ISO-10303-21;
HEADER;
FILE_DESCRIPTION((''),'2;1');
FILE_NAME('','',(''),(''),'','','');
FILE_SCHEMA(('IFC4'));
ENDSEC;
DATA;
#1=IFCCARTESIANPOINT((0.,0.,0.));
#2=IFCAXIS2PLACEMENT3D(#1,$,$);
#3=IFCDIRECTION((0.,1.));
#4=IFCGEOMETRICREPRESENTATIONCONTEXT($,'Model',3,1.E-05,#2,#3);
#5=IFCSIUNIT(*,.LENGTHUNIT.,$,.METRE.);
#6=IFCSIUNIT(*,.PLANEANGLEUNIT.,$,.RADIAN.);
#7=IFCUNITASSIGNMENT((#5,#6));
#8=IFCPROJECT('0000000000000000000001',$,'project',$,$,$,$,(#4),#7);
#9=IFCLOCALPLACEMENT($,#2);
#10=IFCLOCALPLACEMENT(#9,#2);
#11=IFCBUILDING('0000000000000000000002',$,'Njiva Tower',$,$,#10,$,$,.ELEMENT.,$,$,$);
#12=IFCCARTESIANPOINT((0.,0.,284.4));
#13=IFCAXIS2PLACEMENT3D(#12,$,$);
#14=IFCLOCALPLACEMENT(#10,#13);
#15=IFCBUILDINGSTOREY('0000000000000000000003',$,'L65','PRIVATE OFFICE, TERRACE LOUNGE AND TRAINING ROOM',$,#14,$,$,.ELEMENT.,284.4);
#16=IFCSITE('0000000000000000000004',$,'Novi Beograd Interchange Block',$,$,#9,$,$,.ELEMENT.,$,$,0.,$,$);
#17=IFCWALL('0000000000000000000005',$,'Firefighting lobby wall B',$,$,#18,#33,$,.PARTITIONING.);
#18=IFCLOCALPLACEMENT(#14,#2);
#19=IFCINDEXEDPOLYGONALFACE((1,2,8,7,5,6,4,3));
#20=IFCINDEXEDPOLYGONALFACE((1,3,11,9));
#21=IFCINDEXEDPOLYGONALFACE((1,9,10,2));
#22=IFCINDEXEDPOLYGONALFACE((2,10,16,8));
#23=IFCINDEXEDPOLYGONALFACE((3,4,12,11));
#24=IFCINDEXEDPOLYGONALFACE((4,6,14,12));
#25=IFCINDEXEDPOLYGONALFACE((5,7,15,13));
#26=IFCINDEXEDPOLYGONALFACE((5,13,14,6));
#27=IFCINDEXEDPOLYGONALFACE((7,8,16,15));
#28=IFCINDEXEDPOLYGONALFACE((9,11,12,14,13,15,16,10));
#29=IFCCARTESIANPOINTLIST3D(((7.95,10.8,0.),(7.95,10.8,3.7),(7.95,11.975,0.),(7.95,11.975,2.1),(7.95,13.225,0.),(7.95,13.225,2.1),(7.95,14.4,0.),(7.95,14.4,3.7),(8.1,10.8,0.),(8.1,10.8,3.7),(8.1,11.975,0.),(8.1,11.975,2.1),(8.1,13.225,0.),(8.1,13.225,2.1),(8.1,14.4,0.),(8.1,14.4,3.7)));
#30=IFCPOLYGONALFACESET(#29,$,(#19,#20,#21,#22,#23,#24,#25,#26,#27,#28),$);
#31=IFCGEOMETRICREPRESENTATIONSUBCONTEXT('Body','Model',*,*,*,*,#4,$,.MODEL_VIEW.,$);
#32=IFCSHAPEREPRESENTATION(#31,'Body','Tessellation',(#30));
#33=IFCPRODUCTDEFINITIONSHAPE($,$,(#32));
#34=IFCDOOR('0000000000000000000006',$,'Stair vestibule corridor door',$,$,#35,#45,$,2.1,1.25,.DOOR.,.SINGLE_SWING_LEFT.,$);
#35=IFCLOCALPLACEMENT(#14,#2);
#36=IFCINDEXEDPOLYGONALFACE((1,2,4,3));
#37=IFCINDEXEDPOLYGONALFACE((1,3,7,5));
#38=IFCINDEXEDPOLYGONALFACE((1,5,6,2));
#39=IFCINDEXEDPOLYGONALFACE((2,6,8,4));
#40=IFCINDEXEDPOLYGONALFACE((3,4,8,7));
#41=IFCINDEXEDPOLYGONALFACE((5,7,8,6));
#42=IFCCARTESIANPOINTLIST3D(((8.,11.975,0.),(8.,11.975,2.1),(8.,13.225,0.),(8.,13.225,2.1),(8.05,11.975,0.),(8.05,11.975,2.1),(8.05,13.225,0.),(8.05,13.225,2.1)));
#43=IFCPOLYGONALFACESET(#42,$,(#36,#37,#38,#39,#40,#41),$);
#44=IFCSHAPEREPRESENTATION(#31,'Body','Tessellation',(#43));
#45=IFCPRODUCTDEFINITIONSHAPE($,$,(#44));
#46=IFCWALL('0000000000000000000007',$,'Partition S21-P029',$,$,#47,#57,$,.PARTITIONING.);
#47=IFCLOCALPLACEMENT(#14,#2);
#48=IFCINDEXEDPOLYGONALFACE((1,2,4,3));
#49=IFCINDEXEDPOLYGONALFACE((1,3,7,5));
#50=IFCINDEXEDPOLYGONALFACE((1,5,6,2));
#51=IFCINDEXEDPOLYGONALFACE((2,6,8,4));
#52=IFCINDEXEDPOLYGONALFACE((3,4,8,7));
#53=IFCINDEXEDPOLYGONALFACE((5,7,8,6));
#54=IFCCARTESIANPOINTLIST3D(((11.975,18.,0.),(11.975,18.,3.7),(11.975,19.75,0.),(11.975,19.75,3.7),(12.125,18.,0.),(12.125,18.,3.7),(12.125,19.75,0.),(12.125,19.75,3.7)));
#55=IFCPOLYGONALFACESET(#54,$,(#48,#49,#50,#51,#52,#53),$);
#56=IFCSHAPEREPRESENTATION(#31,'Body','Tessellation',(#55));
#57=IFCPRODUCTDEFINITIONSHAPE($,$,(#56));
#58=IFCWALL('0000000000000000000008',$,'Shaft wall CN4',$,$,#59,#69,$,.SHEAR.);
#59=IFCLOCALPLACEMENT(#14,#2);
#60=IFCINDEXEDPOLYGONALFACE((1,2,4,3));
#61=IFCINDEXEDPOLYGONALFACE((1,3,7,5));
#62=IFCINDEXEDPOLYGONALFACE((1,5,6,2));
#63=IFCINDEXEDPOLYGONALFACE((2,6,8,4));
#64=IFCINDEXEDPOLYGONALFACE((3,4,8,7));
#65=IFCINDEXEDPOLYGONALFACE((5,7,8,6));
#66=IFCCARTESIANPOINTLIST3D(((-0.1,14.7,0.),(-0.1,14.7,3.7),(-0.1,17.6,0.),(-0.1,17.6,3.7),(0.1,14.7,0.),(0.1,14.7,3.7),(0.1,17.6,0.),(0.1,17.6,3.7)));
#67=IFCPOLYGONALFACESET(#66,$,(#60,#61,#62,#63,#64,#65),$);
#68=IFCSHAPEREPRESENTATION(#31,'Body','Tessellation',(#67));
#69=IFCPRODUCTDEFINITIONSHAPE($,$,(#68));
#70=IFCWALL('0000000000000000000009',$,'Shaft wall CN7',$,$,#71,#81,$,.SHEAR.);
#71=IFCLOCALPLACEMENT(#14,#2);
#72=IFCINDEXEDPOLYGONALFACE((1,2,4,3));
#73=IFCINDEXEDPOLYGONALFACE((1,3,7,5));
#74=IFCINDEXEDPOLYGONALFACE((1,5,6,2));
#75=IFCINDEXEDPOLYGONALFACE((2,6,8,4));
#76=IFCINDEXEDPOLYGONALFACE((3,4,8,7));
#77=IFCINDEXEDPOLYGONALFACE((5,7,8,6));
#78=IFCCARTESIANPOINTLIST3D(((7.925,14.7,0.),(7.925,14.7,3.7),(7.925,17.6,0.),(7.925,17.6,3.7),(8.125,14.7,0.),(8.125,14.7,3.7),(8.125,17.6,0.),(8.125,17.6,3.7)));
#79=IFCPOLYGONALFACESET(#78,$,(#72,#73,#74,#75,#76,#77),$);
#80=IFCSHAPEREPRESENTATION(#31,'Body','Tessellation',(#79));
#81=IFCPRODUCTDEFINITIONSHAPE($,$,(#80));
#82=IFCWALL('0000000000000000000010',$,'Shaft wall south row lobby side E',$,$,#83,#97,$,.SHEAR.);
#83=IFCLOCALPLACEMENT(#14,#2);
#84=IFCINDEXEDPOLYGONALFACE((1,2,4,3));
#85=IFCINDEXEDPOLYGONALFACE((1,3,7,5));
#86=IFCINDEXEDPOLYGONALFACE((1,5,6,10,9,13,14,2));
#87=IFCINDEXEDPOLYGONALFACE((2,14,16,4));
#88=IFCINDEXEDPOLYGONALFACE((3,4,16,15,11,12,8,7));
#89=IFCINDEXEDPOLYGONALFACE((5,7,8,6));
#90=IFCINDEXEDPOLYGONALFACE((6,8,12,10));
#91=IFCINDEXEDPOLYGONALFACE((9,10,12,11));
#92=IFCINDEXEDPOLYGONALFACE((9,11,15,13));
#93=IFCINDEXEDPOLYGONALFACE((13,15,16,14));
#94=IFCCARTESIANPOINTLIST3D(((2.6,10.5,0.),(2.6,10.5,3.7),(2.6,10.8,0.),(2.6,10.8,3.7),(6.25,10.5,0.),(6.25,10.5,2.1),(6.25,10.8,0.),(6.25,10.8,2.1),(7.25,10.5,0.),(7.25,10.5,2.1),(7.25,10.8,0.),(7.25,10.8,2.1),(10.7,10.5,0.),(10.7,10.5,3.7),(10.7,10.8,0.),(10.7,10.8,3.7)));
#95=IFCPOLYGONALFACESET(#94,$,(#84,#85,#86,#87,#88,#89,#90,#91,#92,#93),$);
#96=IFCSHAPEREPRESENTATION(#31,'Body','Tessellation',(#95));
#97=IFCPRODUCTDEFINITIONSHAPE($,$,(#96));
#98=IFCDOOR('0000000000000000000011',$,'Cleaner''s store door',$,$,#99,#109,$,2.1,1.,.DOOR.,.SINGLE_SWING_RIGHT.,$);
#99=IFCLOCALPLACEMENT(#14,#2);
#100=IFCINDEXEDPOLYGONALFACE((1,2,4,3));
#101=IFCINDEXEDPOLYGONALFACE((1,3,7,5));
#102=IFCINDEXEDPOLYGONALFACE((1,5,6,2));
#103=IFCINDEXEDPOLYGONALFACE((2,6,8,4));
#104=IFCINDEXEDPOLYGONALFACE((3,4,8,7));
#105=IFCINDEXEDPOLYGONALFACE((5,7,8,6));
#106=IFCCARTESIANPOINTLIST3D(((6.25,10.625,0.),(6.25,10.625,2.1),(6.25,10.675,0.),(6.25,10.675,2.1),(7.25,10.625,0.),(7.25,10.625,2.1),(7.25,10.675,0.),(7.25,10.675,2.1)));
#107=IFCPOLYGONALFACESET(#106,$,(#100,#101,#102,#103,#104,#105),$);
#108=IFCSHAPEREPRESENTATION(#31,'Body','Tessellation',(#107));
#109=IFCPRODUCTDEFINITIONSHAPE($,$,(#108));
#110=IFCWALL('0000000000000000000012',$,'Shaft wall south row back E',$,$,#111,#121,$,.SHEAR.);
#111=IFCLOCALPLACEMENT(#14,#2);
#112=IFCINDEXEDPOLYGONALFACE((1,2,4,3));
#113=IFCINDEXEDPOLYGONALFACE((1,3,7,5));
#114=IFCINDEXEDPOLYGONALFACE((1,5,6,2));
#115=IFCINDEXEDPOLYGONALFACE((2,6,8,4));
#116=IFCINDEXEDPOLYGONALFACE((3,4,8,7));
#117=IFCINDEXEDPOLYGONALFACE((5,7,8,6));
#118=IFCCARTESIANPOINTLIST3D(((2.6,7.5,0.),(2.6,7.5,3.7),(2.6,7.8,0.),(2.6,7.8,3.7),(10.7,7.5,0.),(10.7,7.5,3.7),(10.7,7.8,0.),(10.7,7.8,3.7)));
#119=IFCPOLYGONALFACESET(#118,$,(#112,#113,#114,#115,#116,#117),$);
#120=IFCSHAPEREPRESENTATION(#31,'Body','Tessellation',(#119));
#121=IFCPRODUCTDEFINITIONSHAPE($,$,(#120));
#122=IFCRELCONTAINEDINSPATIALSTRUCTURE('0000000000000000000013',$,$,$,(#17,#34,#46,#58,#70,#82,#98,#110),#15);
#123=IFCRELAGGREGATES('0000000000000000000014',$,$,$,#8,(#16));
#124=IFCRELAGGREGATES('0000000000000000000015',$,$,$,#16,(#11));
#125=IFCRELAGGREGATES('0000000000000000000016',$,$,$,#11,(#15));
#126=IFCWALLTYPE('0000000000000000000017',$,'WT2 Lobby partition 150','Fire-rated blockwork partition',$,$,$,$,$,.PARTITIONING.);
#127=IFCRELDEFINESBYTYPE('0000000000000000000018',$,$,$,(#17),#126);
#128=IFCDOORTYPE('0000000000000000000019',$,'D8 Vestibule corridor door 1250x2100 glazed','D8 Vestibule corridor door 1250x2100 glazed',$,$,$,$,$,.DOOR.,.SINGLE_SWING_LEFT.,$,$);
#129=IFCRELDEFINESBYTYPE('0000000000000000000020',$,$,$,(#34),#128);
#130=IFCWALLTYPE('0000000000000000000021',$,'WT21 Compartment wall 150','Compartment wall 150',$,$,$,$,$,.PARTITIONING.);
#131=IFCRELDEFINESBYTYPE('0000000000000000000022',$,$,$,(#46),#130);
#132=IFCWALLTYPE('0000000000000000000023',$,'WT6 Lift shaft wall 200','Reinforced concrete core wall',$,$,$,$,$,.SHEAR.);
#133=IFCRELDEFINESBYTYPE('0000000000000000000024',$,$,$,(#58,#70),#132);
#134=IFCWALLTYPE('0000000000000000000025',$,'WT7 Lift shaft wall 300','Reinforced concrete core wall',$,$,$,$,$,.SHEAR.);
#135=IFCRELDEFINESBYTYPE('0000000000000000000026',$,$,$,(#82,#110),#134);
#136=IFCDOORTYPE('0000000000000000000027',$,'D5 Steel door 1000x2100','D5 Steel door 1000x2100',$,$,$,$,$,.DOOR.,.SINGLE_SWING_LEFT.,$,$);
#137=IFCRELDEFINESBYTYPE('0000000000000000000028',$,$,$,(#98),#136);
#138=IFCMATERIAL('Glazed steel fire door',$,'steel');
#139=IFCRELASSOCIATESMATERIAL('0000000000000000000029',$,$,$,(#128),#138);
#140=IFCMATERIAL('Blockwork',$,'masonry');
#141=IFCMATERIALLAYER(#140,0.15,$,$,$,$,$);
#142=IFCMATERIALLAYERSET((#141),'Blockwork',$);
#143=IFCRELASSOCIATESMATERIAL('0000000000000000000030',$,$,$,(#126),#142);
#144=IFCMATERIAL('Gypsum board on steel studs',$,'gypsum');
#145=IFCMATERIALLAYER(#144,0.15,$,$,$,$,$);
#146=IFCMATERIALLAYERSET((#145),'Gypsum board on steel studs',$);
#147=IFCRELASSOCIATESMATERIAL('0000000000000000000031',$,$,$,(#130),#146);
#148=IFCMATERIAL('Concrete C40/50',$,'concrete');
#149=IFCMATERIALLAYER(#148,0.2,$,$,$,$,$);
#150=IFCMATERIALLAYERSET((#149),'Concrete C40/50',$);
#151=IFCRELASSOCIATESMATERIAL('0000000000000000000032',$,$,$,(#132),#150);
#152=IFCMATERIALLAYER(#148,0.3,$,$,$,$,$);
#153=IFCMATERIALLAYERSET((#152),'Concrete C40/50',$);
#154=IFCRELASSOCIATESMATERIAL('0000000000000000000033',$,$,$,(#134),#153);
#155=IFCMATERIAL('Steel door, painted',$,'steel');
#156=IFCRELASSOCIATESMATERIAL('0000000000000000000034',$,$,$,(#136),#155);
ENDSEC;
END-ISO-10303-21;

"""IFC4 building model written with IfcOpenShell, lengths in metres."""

from ifc_helpers import new_model, si_unit, direction, frame, frame_2d, origin, place, context, subcontext, project, spatial, rectangle, extrude, material, layer, layer_set, type_object, element, fill, save


model = new_model("IFC4")

# Units and contexts
model_context = context("Model", 3, precision=1e-05, world=origin(), true_north=direction((0.0, 1.0)))
body_context = subcontext(model_context, "Body", "Model", "MODEL_VIEW")
ifc_project = project(units=[si_unit("LENGTHUNIT", "METRE"), si_unit("PLANEANGLEUNIT", "RADIAN")], contexts=[model_context])

# Site, building, storey
site_placement = place(None, origin())
site = spatial("IfcSite", under=ifc_project, at=site_placement, Name="Novi Beograd Interchange Block", CompositionType="ELEMENT", RefElevation=0.0)
building_placement = place(site_placement, origin())
building = spatial("IfcBuilding", under=site, at=building_placement, Name="Njiva Tower", CompositionType="ELEMENT")
storey_placement = place(building_placement, frame((0.0, 0.0, 284.4)))
storey = spatial("IfcBuildingStorey", under=building, at=storey_placement, Name="L65", Description="PRIVATE OFFICE, TERRACE LOUNGE AND TRAINING ROOM", CompositionType="ELEMENT", Elevation=284.4)

# Shared definitions
ifc_material_1 = material(Name="Blockwork", Category="masonry")

# Shared definitions
ifc_material_2 = material(Name="Concrete C40/50", Category="concrete")
ifc_material_3 = material(Name="Steel door, painted", Category="steel")
ifc_material_4 = material(Name="Glazed steel fire door", Category="steel")
door_type_1 = type_object("IfcDoorType", Name="D8 Vestibule corridor door 1250x2100 glazed", Description="D8 Vestibule corridor door 1250x2100 glazed", OperationType="SINGLE_SWING_LEFT", PredefinedType="DOOR", material=ifc_material_4)

# Wall, opening, door
ifc_layer_1 = layer(ifc_material_1, 0.15)
ifc_layer_set_1 = layer_set([ifc_layer_1], Name="Blockwork")
wall_type_1 = type_object("IfcWallType", Name="WT2 Lobby partition 150", Description="Fire-rated blockwork partition", PredefinedType="PARTITIONING", material=ifc_layer_set_1)
wall_1_placement = place(storey_placement, frame((8.025, 10.8, 0.0), z_axis=(0.0, 0.0, 1.0), x_axis=(0.0, 1.0, 0.0)))
wall_1 = element("IfcWall", 1, at=wall_1_placement, inside=storey, type_object=wall_type_1, Name="Firefighting lobby wall B", PredefinedType="PARTITIONING", context=body_context, shape_type="SweptSolid", body=[
    extrude(rectangle(XDim=3.6, YDim=0.15, at=frame_2d((1.8, 0.0))), origin(), (0.0, 0.0, 1.0), 3.7),
])
opening_1_placement = place(wall_1_placement, frame((1.175, 0.0, 0.0)))
opening_1 = element("IfcOpeningElement", 2, at=opening_1_placement, cuts=wall_1, PredefinedType="OPENING", context=body_context, shape_type="SweptSolid", body=[
    extrude(rectangle(XDim=1.25, YDim=2.1, at=frame_2d((0.625, 1.05))), frame((0.0, 0.085, 0.0), z_axis=(0.0, -1.0, 0.0), x_axis=(1.0, 0.0, 0.0)), (0.0, 0.0, 1.0), 0.17),
])
door_1_placement = place(opening_1_placement, origin())
door_1 = element("IfcDoor", 3, at=door_1_placement, inside=storey, type_object=door_type_1, Name="Stair vestibule corridor door", OperationType="SINGLE_SWING_LEFT", OverallHeight=2.1, OverallWidth=1.25, PredefinedType="DOOR", context=body_context, shape_type="SweptSolid", body=[
    extrude(rectangle(XDim=1.25, YDim=2.1, at=frame_2d((0.625, 1.05))), frame((0.0, 0.025, 0.0), z_axis=(0.0, -1.0, 0.0), x_axis=(1.0, 0.0, 0.0)), (0.0, 0.0, 1.0), 0.05),
])
fill(opening_1, door_1)

# Walls
ifc_material_5 = material(Name="Gypsum board on steel studs", Category="gypsum")
ifc_layer_2 = layer(ifc_material_5, 0.15)
ifc_layer_set_2 = layer_set([ifc_layer_2], Name="Gypsum board on steel studs")
wall_type_2 = type_object("IfcWallType", Name="WT21 Compartment wall 150", Description="Compartment wall 150", PredefinedType="PARTITIONING", material=ifc_layer_set_2)
wall_2_placement = place(storey_placement, frame((12.05, 18.0, 0.0), z_axis=(0.0, 0.0, 1.0), x_axis=(0.0, 1.0, 0.0)))
element("IfcWall", 4, at=wall_2_placement, inside=storey, type_object=wall_type_2, Name="Partition S21-P029", PredefinedType="PARTITIONING", context=body_context, shape_type="SweptSolid", body=[
    extrude(rectangle(XDim=1.75, YDim=0.15, at=frame_2d((0.875, 0.0))), origin(), (0.0, 0.0, 1.0), 3.7),
])
ifc_layer_3 = layer(ifc_material_2, 0.2)
ifc_layer_set_3 = layer_set([ifc_layer_3], Name="Concrete C40/50")
wall_type_3 = type_object("IfcWallType", Name="WT6 Lift shaft wall 200", Description="Reinforced concrete core wall", PredefinedType="SHEAR", material=ifc_layer_set_3)
for number, where, z_axis, x_axis, name in (
    (5, (0.0, 14.7, 0.0), (0.0, 0.0, 1.0), (0.0, 1.0, 0.0), "Shaft wall CN4"),
    (6, (8.025, 14.7, 0.0), (0.0, 0.0, 1.0), (0.0, 1.0, 0.0), "Shaft wall CN7"),
):
    element("IfcWall", number, at=place(storey_placement, frame(where, z_axis=z_axis, x_axis=x_axis)), inside=storey, type_object=wall_type_3, Name=name, PredefinedType="SHEAR", context=body_context, shape_type="SweptSolid", body=[
        extrude(rectangle(XDim=2.9, YDim=0.2, at=frame_2d((1.45, 0.0))), origin(), (0.0, 0.0, 1.0), 3.7),
    ])

# Wall, opening, door
ifc_layer_4 = layer(ifc_material_2, 0.3)
ifc_layer_set_4 = layer_set([ifc_layer_4], Name="Concrete C40/50")
wall_type_4 = type_object("IfcWallType", Name="WT7 Lift shaft wall 300", Description="Reinforced concrete core wall", PredefinedType="SHEAR", material=ifc_layer_set_4)
wall_3_placement = place(storey_placement, frame((2.6, 10.65, 0.0), z_axis=(0.0, 0.0, 1.0), x_axis=(1.0, 0.0, 0.0)))
wall_3 = element("IfcWall", 7, at=wall_3_placement, inside=storey, type_object=wall_type_4, Name="Shaft wall south row lobby side E", PredefinedType="SHEAR", context=body_context, shape_type="SweptSolid", body=[
    extrude(rectangle(XDim=8.1, YDim=0.3, at=frame_2d((4.05, 0.0))), origin(), (0.0, 0.0, 1.0), 3.7),
])
opening_2_placement = place(wall_3_placement, frame((3.65, 0.0, 0.0)))
opening_2 = element("IfcOpeningElement", 8, at=opening_2_placement, cuts=wall_3, PredefinedType="OPENING", context=body_context, shape_type="SweptSolid", body=[
    extrude(rectangle(XDim=1.0, YDim=2.1, at=frame_2d((0.5, 1.05))), frame((0.0, 0.16, 0.0), z_axis=(0.0, -1.0, 0.0), x_axis=(1.0, 0.0, 0.0)), (0.0, 0.0, 1.0), 0.32),
])
door_type_2 = type_object("IfcDoorType", Name="D5 Steel door 1000x2100", Description="D5 Steel door 1000x2100", OperationType="SINGLE_SWING_LEFT", PredefinedType="DOOR", material=ifc_material_3)
door_2_placement = place(opening_2_placement, origin())
door_2 = element("IfcDoor", 9, at=door_2_placement, inside=storey, type_object=door_type_2, Name="Cleaner's store door", OperationType="SINGLE_SWING_RIGHT", OverallHeight=2.1, OverallWidth=1.0, PredefinedType="DOOR", context=body_context, shape_type="SweptSolid", body=[
    extrude(rectangle(XDim=1.0, YDim=2.1, at=frame_2d((0.5, 1.05))), frame((0.0, 0.025, 0.0), z_axis=(0.0, -1.0, 0.0), x_axis=(1.0, 0.0, 0.0)), (0.0, 0.0, 1.0), 0.05),
])
fill(opening_2, door_2)

# Wall
wall_4_placement = place(storey_placement, frame((2.6, 7.65, 0.0), z_axis=(0.0, 0.0, 1.0), x_axis=(1.0, 0.0, 0.0)))
element("IfcWall", 10, at=wall_4_placement, inside=storey, type_object=wall_type_4, Name="Shaft wall south row back E", PredefinedType="SHEAR", context=body_context, shape_type="SweptSolid", body=[
    extrude(rectangle(XDim=8.1, YDim=0.3, at=frame_2d((4.05, 0.0))), origin(), (0.0, 0.0, 1.0), 3.7),
])

save(model, "model.ifc")
